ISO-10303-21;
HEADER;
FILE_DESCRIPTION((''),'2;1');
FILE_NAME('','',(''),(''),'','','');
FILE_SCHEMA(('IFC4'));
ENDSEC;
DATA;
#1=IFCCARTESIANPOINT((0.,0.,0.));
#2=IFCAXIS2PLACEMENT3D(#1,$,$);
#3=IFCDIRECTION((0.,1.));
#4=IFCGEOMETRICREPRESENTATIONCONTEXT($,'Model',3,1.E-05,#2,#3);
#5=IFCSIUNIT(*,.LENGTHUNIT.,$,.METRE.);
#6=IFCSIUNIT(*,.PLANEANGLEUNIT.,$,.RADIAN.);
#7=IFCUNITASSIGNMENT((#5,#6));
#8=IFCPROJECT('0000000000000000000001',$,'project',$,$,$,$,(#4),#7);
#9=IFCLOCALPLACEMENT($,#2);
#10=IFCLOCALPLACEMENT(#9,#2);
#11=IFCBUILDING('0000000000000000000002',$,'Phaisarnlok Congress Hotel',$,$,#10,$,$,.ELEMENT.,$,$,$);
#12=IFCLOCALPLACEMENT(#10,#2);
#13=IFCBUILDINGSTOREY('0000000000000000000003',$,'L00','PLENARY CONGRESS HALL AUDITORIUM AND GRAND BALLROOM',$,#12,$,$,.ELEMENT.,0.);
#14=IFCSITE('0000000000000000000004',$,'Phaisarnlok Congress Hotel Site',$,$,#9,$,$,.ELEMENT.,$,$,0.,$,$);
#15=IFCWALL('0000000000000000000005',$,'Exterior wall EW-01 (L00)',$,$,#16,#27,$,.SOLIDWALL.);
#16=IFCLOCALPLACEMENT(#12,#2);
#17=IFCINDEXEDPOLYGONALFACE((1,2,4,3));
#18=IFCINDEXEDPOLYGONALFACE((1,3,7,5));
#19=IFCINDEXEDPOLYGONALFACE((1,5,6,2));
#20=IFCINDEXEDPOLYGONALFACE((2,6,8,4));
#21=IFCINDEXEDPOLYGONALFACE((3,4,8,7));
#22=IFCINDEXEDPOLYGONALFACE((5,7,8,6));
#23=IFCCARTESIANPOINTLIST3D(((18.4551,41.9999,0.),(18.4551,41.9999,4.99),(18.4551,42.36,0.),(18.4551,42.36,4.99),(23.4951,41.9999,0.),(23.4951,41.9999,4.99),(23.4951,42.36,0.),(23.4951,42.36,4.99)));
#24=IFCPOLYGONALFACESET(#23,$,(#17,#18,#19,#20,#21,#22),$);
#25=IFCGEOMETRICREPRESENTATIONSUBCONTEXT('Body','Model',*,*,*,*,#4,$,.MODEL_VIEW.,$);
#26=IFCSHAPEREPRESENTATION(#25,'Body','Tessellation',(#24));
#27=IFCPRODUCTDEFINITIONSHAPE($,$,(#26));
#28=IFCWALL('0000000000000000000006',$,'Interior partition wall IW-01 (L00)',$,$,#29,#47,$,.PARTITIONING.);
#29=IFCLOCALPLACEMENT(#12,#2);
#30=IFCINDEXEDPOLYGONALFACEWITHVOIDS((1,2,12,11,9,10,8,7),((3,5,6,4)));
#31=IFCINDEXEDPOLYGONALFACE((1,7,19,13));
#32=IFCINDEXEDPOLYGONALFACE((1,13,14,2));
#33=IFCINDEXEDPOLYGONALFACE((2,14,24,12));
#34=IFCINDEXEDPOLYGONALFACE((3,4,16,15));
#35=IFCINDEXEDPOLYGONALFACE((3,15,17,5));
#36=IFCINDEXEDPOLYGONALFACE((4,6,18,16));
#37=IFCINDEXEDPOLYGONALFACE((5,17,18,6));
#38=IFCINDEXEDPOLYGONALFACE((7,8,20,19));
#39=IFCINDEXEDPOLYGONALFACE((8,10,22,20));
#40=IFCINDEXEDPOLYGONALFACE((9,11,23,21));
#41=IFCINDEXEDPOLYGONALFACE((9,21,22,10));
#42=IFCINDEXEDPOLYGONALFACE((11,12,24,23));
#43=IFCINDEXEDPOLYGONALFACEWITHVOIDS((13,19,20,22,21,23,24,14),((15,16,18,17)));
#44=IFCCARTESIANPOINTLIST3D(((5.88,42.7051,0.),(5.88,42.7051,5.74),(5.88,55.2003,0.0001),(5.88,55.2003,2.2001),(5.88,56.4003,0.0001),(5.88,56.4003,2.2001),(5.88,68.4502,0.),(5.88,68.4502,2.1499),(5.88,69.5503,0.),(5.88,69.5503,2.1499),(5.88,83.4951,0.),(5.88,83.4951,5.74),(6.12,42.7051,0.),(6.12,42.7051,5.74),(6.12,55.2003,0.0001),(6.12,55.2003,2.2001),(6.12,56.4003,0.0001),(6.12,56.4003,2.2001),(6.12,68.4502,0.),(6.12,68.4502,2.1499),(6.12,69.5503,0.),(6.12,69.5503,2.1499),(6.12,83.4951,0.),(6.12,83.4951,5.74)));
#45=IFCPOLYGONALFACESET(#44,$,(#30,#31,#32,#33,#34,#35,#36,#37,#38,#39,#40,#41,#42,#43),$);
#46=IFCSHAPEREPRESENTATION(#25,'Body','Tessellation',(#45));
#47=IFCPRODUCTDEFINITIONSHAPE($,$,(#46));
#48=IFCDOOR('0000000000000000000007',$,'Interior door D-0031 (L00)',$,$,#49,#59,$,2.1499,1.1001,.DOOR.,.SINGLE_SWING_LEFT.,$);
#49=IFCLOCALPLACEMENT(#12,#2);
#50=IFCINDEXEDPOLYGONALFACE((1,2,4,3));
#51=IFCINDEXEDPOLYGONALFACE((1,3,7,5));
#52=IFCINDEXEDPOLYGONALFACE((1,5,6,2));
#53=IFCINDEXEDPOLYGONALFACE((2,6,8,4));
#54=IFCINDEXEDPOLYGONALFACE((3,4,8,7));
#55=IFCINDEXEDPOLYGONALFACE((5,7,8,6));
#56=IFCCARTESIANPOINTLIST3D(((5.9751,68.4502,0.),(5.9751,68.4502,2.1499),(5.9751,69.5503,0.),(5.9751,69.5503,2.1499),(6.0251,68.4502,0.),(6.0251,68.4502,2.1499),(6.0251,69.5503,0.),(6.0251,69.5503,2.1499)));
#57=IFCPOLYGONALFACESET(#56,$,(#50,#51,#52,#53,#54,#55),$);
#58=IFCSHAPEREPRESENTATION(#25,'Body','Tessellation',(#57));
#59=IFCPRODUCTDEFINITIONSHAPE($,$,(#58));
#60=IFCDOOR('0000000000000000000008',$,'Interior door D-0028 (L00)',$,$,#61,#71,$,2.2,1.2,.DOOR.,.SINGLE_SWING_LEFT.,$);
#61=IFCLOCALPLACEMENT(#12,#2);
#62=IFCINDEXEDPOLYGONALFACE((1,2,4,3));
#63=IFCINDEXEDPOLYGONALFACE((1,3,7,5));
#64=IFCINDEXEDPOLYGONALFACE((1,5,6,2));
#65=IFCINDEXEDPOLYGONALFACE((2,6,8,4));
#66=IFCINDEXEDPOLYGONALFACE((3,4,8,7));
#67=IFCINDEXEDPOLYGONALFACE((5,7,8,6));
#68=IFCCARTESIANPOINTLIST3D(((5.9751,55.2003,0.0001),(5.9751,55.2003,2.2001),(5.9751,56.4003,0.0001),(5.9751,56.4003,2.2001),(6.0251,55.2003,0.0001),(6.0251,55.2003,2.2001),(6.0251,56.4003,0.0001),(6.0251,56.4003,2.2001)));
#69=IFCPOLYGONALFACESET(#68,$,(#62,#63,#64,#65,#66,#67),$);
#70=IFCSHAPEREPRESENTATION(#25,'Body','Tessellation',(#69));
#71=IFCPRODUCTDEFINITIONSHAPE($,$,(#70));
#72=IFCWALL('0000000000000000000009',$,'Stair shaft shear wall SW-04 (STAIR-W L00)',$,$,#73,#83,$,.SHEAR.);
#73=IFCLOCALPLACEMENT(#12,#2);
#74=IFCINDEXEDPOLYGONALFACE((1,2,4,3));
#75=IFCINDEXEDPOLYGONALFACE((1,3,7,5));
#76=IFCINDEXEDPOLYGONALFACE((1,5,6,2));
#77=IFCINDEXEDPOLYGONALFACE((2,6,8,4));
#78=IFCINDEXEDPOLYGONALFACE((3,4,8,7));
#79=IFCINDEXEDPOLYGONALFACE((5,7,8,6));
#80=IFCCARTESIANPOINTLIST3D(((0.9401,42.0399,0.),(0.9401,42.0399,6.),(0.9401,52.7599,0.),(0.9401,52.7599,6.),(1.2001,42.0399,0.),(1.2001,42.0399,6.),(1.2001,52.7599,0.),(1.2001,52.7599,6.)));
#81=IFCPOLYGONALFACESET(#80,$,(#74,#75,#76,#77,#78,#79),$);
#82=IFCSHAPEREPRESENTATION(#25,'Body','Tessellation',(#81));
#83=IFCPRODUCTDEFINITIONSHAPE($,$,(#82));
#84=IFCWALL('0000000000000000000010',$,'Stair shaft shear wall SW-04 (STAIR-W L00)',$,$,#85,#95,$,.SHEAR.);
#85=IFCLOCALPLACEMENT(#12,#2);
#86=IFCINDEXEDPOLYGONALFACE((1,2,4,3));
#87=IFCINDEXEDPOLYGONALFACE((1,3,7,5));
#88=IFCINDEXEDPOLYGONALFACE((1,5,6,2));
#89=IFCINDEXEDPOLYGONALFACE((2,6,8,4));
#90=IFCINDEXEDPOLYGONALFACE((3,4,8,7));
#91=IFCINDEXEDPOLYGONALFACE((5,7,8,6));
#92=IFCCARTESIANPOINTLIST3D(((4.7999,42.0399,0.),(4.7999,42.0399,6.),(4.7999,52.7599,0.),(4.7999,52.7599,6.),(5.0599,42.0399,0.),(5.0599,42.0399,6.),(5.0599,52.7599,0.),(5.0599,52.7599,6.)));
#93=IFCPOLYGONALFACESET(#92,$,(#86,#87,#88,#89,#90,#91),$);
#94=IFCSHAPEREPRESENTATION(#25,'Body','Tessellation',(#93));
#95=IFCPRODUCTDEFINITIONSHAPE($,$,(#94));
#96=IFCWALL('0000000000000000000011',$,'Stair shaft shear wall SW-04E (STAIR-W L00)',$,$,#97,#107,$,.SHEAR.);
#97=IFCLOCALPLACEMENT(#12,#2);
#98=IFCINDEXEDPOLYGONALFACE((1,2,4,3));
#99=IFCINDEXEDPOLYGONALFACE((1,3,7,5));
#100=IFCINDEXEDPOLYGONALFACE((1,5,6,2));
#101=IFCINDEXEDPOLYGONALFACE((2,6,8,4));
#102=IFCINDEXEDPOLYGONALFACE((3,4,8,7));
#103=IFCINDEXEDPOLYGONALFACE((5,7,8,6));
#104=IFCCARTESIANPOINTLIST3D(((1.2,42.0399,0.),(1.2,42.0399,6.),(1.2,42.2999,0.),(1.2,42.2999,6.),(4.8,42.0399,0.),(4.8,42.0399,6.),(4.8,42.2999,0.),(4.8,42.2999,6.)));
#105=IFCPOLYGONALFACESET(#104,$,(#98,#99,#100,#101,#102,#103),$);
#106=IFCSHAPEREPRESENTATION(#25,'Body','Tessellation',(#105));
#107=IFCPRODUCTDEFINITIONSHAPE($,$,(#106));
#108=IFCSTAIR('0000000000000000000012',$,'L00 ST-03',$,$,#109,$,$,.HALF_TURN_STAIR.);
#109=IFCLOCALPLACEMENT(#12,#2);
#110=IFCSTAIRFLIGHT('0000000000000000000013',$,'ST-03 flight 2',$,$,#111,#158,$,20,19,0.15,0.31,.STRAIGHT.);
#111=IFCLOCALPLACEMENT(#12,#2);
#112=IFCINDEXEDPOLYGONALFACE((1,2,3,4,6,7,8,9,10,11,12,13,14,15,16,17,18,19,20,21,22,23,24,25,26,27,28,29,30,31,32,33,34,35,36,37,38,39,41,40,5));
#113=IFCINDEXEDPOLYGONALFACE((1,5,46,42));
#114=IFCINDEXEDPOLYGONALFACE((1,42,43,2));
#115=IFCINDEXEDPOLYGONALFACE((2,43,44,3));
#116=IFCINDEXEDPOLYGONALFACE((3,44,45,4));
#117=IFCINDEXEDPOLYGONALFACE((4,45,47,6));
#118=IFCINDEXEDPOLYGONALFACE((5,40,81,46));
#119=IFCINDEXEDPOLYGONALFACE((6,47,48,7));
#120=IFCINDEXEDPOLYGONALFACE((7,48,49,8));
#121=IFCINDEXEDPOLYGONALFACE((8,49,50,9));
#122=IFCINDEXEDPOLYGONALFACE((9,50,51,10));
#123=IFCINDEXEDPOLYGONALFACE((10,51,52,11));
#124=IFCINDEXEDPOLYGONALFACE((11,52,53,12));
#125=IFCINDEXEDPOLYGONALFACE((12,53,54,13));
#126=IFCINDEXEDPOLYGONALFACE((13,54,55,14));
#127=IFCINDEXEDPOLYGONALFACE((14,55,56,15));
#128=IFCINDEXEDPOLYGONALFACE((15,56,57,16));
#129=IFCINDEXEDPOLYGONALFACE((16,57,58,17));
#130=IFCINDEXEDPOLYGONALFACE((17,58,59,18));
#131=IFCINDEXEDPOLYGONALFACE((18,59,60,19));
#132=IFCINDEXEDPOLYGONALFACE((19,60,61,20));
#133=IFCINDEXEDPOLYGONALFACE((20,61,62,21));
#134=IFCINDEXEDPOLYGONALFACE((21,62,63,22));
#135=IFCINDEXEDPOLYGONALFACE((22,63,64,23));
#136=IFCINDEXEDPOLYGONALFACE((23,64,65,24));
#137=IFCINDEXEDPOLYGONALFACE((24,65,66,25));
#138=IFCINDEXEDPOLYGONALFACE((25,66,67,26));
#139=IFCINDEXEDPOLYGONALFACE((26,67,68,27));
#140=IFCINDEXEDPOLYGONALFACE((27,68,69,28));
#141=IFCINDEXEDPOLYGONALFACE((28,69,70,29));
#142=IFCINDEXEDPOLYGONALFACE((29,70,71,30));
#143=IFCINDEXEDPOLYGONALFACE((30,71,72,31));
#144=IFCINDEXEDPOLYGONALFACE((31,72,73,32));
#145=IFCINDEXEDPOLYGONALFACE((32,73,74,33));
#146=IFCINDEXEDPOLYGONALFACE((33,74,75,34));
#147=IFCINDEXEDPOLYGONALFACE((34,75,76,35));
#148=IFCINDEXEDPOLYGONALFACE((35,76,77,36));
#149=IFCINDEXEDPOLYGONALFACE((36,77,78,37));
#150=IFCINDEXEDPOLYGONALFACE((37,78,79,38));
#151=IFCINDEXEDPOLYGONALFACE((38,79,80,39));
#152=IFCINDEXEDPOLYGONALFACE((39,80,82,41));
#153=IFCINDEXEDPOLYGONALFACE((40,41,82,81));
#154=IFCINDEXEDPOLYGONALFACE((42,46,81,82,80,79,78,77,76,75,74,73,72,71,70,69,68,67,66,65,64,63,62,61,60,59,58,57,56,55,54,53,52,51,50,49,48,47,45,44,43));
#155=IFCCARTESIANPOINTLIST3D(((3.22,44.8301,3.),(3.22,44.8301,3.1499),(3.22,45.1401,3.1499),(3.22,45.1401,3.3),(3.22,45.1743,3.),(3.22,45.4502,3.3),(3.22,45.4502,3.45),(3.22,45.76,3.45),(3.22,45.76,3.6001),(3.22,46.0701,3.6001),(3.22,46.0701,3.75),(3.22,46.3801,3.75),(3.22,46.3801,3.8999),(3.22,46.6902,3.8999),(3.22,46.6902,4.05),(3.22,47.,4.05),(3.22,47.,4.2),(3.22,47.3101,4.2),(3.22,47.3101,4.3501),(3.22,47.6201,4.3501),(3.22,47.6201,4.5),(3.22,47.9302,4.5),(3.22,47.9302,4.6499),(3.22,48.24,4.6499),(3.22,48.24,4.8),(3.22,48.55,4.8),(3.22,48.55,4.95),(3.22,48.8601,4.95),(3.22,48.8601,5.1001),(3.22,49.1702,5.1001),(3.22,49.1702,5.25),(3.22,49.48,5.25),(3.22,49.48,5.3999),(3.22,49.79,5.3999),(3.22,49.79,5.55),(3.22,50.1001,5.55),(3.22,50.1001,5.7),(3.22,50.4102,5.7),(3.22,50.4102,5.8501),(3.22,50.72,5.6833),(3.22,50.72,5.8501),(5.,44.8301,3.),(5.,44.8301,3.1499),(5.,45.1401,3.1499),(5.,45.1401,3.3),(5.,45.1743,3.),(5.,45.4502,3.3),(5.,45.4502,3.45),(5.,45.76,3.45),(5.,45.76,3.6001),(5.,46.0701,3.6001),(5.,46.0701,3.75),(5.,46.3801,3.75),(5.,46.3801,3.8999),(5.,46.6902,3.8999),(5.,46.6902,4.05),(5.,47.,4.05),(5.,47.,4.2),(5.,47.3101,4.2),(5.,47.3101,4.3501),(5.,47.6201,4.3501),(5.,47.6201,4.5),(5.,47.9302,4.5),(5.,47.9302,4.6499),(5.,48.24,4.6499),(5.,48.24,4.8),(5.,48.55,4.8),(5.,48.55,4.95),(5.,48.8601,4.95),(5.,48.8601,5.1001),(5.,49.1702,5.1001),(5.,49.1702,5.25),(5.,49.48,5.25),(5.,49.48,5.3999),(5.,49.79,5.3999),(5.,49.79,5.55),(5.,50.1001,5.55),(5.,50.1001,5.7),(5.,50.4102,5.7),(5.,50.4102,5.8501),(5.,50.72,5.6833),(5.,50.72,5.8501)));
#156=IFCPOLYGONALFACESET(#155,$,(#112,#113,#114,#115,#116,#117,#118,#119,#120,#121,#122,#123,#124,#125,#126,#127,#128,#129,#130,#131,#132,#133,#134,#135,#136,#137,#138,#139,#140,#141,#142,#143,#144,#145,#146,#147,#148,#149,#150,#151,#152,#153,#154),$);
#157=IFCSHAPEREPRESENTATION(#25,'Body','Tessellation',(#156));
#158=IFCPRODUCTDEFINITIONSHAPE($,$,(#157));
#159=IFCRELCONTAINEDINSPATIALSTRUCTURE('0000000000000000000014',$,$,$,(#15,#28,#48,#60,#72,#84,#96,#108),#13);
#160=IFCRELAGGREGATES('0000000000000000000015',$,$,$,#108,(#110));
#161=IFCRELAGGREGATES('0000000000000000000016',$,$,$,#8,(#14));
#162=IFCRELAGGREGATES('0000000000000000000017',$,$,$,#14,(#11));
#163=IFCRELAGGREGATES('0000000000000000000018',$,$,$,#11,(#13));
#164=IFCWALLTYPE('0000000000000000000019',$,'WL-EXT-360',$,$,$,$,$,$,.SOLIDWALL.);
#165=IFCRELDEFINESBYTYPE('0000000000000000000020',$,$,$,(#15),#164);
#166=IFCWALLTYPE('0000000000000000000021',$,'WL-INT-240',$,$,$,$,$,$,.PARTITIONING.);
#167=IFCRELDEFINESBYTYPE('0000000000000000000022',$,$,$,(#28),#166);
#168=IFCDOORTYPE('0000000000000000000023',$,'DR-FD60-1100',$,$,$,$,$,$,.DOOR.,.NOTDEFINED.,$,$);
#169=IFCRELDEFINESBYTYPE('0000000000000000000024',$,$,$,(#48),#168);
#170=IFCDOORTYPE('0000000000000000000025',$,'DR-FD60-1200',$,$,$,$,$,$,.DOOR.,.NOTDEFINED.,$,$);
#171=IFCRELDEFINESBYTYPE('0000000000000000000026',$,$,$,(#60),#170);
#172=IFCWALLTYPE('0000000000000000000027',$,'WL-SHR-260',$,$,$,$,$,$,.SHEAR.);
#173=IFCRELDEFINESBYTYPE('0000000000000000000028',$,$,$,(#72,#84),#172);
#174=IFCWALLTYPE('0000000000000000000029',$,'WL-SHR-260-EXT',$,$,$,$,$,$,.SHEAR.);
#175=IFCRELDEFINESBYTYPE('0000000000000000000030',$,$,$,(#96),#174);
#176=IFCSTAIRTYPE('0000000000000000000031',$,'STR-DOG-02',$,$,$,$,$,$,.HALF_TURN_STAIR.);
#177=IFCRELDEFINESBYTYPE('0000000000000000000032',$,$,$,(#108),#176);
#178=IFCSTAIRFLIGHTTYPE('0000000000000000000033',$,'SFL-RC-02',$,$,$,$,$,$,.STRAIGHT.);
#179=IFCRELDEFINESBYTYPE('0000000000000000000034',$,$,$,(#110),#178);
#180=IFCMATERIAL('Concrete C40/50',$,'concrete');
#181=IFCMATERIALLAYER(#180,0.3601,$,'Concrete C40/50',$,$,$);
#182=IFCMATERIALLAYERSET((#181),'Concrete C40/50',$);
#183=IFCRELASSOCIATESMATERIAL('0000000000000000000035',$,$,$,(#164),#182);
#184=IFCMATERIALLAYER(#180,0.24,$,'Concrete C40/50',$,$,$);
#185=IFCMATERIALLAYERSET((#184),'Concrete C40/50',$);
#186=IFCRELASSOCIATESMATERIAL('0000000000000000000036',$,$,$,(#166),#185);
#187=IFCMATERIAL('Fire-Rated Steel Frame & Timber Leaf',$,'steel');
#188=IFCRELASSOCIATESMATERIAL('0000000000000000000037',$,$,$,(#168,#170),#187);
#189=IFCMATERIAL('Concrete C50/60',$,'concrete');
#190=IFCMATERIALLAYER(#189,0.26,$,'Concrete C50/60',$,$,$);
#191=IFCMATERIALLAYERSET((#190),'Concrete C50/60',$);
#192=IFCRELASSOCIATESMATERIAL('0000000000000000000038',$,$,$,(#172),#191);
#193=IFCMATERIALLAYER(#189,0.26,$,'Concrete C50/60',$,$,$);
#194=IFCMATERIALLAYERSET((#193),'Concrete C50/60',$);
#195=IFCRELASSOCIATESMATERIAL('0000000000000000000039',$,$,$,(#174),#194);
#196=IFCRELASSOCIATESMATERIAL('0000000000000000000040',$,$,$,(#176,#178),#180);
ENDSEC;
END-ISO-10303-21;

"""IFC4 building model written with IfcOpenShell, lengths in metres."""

from ifc_helpers import new_model, si_unit, direction, frame, frame_2d, origin, place, context, subcontext, project, spatial, polyline, rectangle, outline, extrude, material, layer, layer_set, type_object, element, fill, aggregate, save


model = new_model("IFC4")

# Units and contexts
model_context = context("Model", 3, precision=1e-05, world=origin(), true_north=direction((0.0, 1.0)))
body_context = subcontext(model_context, "Body", "Model", "MODEL_VIEW")
ifc_project = project(units=[si_unit("LENGTHUNIT", "METRE"), si_unit("PLANEANGLEUNIT", "RADIAN")], contexts=[model_context])

# Site, building, storey
site_placement = place(None, origin())
site = spatial("IfcSite", under=ifc_project, at=site_placement, Name="Phaisarnlok Congress Hotel Site", CompositionType="ELEMENT", RefElevation=0.0)
building_placement = place(site_placement, origin())
building = spatial("IfcBuilding", under=site, at=building_placement, Name="Phaisarnlok Congress Hotel", CompositionType="ELEMENT")
storey_placement = place(building_placement, origin())
storey = spatial("IfcBuildingStorey", under=building, at=storey_placement, Name="L00", Description="PLENARY CONGRESS HALL AUDITORIUM AND GRAND BALLROOM", CompositionType="ELEMENT", Elevation=0.0)

# Shared definitions
ifc_material_1 = material(Name="Concrete C50/60", Category="concrete")

# Shared definitions
ifc_material_2 = material(Name="Concrete C40/50", Category="concrete")

# Shared definitions
ifc_layer_1 = layer(ifc_material_2, 0.3601, Name="Concrete C40/50")
ifc_layer_set_1 = layer_set([ifc_layer_1], Name="Concrete C40/50")
wall_type_1 = type_object("IfcWallType", Name="WL-EXT-360", PredefinedType="SOLIDWALL", material=ifc_layer_set_1)

# Wall
wall_1_placement = place(storey_placement, frame((18.4551, 42.1799, 0.0), z_axis=(0.0, 0.0, 1.0), x_axis=(1.0, 0.0, 0.0)))
element("IfcWall", 1, at=wall_1_placement, inside=storey, type_object=wall_type_1, Name="Exterior wall EW-01 (L00)", PredefinedType="SOLIDWALL", context=body_context, shape_type="SweptSolid", body=[
    extrude(rectangle(XDim=5.04, YDim=0.3601, at=frame_2d((2.52, 0.0))), origin(), (0.0, 0.0, 1.0), 4.99),
])

# Wall, openings, doors
ifc_layer_2 = layer(ifc_material_2, 0.24, Name="Concrete C40/50")
ifc_layer_set_2 = layer_set([ifc_layer_2], Name="Concrete C40/50")
wall_type_2 = type_object("IfcWallType", Name="WL-INT-240", PredefinedType="PARTITIONING", material=ifc_layer_set_2)
wall_2_placement = place(storey_placement, frame((6.0, 42.7051, 0.0), z_axis=(0.0, 0.0, 1.0), x_axis=(0.0, 1.0, 0.0)))
wall_2 = element("IfcWall", 2, at=wall_2_placement, inside=storey, type_object=wall_type_2, Name="Interior partition wall IW-01 (L00)", PredefinedType="PARTITIONING", context=body_context, shape_type="SweptSolid", body=[
    extrude(rectangle(XDim=40.79, YDim=0.24, at=frame_2d((20.395, 0.0))), origin(), (0.0, 0.0, 1.0), 5.74),
])
opening_1_placement = place(wall_2_placement, frame((12.4951, 0.0, 0.0)))
opening_1 = element("IfcOpeningElement", 3, at=opening_1_placement, cuts=wall_2, PredefinedType="OPENING", context=body_context, shape_type="SweptSolid", body=[
    extrude(rectangle(XDim=1.2, YDim=2.2, at=frame_2d((0.6001, 1.1001))), frame((0.0, 0.1299, 0.0), z_axis=(0.0, -1.0, 0.0), x_axis=(1.0, 0.0, 0.0)), (0.0, 0.0, 1.0), 0.26),
])
opening_2_placement = place(wall_2_placement, frame((25.7451, 0.0, 0.0)))
opening_2 = element("IfcOpeningElement", 4, at=opening_2_placement, cuts=wall_2, PredefinedType="OPENING", context=body_context, shape_type="SweptSolid", body=[
    extrude(rectangle(XDim=1.1001, YDim=2.1499, at=frame_2d((0.55, 1.075))), frame((0.0, 0.1299, 0.0), z_axis=(0.0, -1.0, 0.0), x_axis=(1.0, 0.0, 0.0)), (0.0, 0.0, 1.0), 0.26),
])
ifc_material_3 = material(Name="Fire-Rated Steel Frame & Timber Leaf", Category="steel")
door_type_1 = type_object("IfcDoorType", Name="DR-FD60-1100", OperationType="NOTDEFINED", PredefinedType="DOOR", material=ifc_material_3)
door_1_placement = place(opening_2_placement, origin())
door_1 = element("IfcDoor", 5, at=door_1_placement, inside=storey, type_object=door_type_1, Name="Interior door D-0031 (L00)", OperationType="SINGLE_SWING_LEFT", OverallHeight=2.1499, OverallWidth=1.1001, PredefinedType="DOOR", context=body_context, shape_type="SweptSolid", body=[
    extrude(rectangle(XDim=1.1001, YDim=2.1499, at=frame_2d((0.55, 1.075))), frame((0.0, 0.0249, 0.0), z_axis=(0.0, -1.0, 0.0), x_axis=(1.0, 0.0, 0.0)), (0.0, 0.0, 1.0), 0.05),
])
fill(opening_2, door_1)
door_type_2 = type_object("IfcDoorType", Name="DR-FD60-1200", OperationType="NOTDEFINED", PredefinedType="DOOR", material=ifc_material_3)
door_2_placement = place(opening_1_placement, origin())
door_2 = element("IfcDoor", 6, at=door_2_placement, inside=storey, type_object=door_type_2, Name="Interior door D-0028 (L00)", OperationType="SINGLE_SWING_LEFT", OverallHeight=2.2, OverallWidth=1.2, PredefinedType="DOOR", context=body_context, shape_type="SweptSolid", body=[
    extrude(rectangle(XDim=1.2, YDim=2.2, at=frame_2d((0.6001, 1.1001))), frame((0.0, 0.0249, 0.0), z_axis=(0.0, -1.0, 0.0), x_axis=(1.0, 0.0, 0.0)), (0.0, 0.0, 1.0), 0.05),
])
fill(opening_1, door_2)

# Walls
ifc_layer_3 = layer(ifc_material_1, 0.26, Name="Concrete C50/60")
ifc_layer_set_3 = layer_set([ifc_layer_3], Name="Concrete C50/60")
wall_type_3 = type_object("IfcWallType", Name="WL-SHR-260", PredefinedType="SHEAR", material=ifc_layer_set_3)
for number, where, z_axis, x_axis, name in (
    (7, (1.0701, 42.04, 0.0), (0.0, 0.0, 1.0), (0.0, 1.0, 0.0), "Stair shaft shear wall SW-04 (STAIR-W L00)"),
    (8, (4.9299, 42.04, 0.0), (0.0, 0.0, 1.0), (0.0, 1.0, 0.0), "Stair shaft shear wall SW-04 (STAIR-W L00)"),
):
    element("IfcWall", number, at=place(storey_placement, frame(where, z_axis=z_axis, x_axis=x_axis)), inside=storey, type_object=wall_type_3, Name=name, PredefinedType="SHEAR", context=body_context, shape_type="SweptSolid", body=[
        extrude(rectangle(XDim=10.72, YDim=0.26, at=frame_2d((5.3599, 0.0))), origin(), (0.0, 0.0, 1.0), 6.0),
    ])
ifc_layer_4 = layer(ifc_material_1, 0.26, Name="Concrete C50/60")
ifc_layer_set_4 = layer_set([ifc_layer_4], Name="Concrete C50/60")
wall_type_4 = type_object("IfcWallType", Name="WL-SHR-260-EXT", PredefinedType="SHEAR", material=ifc_layer_set_4)
wall_3_placement = place(storey_placement, frame((1.2, 42.1699, 0.0), z_axis=(0.0, 0.0, 1.0), x_axis=(1.0, 0.0, 0.0)))
element("IfcWall", 9, at=wall_3_placement, inside=storey, type_object=wall_type_4, Name="Stair shaft shear wall SW-04E (STAIR-W L00)", PredefinedType="SHEAR", context=body_context, shape_type="SweptSolid", body=[
    extrude(rectangle(XDim=3.6001, YDim=0.26, at=frame_2d((1.8, 0.0))), origin(), (0.0, 0.0, 1.0), 6.0),
])

# Stair, stair flight
stair_type = type_object("IfcStairType", Name="STR-DOG-02", PredefinedType="HALF_TURN_STAIR", material=ifc_material_2)
stair_placement = place(storey_placement, origin())
stair = element("IfcStair", 10, at=stair_placement, inside=storey, type_object=stair_type, Name="L00 ST-03", PredefinedType="HALF_TURN_STAIR")
stair_flight_type = type_object("IfcStairFlightType", Name="SFL-RC-02", PredefinedType="STRAIGHT", material=ifc_material_2)
stair_flight_placement = place(storey_placement, frame((4.1101, 44.8301, 3.0), z_axis=(0.0, 0.0, 1.0), x_axis=(0.0, 1.0, 0.0)))
stair_flight = element("IfcStairFlight", 11, at=stair_flight_placement, type_object=stair_flight_type, Name="ST-03 flight 2", NumberOfRisers=20, NumberOfTreads=19, PredefinedType="STRAIGHT", RiserHeight=0.15, TreadLength=0.31, context=body_context, shape_type="SweptSolid", body=[
    extrude(outline(polyline([(0.0, 0.0), (0.0, 0.1499), (0.3101, 0.1499), (0.3101, 0.3), (0.6201, 0.3), (0.6201, 0.45), (0.9299, 0.45), (0.9299, 0.6001), (1.24, 0.6001), (1.24, 0.75), (1.55, 0.75), (1.55, 0.8999), (1.8601, 0.8999), (1.8601, 1.05), (2.1699, 1.05), (2.1699, 1.2), (2.48, 1.2), (2.48, 1.3501), (2.79, 1.3501), (2.79, 1.5), (3.1001, 1.5), (3.1001, 1.6499), (3.4099, 1.6499), (3.4099, 1.8), (3.72, 1.8), (3.72, 1.95), (4.03, 1.95), (4.03, 2.1001), (4.3401, 2.1001), (4.3401, 2.25), (4.6499, 2.25), (4.6499, 2.3999), (4.96, 2.3999), (4.96, 2.55), (5.27, 2.55), (5.27, 2.7), (5.5801, 2.7), (5.5801, 2.8501), (5.8899, 2.8501), (5.8899, 3.0), (5.8899, 2.6833), (0.3442, 0.0), (0.0, 0.0)])), frame((0.0, 0.8901, 0.0), z_axis=(0.0, -1.0, 0.0), x_axis=(1.0, 0.0, 0.0)), (0.0, 0.0, 1.0), 1.78),
])
aggregate(stair, [stair_flight])

save(model, "model.ifc")
